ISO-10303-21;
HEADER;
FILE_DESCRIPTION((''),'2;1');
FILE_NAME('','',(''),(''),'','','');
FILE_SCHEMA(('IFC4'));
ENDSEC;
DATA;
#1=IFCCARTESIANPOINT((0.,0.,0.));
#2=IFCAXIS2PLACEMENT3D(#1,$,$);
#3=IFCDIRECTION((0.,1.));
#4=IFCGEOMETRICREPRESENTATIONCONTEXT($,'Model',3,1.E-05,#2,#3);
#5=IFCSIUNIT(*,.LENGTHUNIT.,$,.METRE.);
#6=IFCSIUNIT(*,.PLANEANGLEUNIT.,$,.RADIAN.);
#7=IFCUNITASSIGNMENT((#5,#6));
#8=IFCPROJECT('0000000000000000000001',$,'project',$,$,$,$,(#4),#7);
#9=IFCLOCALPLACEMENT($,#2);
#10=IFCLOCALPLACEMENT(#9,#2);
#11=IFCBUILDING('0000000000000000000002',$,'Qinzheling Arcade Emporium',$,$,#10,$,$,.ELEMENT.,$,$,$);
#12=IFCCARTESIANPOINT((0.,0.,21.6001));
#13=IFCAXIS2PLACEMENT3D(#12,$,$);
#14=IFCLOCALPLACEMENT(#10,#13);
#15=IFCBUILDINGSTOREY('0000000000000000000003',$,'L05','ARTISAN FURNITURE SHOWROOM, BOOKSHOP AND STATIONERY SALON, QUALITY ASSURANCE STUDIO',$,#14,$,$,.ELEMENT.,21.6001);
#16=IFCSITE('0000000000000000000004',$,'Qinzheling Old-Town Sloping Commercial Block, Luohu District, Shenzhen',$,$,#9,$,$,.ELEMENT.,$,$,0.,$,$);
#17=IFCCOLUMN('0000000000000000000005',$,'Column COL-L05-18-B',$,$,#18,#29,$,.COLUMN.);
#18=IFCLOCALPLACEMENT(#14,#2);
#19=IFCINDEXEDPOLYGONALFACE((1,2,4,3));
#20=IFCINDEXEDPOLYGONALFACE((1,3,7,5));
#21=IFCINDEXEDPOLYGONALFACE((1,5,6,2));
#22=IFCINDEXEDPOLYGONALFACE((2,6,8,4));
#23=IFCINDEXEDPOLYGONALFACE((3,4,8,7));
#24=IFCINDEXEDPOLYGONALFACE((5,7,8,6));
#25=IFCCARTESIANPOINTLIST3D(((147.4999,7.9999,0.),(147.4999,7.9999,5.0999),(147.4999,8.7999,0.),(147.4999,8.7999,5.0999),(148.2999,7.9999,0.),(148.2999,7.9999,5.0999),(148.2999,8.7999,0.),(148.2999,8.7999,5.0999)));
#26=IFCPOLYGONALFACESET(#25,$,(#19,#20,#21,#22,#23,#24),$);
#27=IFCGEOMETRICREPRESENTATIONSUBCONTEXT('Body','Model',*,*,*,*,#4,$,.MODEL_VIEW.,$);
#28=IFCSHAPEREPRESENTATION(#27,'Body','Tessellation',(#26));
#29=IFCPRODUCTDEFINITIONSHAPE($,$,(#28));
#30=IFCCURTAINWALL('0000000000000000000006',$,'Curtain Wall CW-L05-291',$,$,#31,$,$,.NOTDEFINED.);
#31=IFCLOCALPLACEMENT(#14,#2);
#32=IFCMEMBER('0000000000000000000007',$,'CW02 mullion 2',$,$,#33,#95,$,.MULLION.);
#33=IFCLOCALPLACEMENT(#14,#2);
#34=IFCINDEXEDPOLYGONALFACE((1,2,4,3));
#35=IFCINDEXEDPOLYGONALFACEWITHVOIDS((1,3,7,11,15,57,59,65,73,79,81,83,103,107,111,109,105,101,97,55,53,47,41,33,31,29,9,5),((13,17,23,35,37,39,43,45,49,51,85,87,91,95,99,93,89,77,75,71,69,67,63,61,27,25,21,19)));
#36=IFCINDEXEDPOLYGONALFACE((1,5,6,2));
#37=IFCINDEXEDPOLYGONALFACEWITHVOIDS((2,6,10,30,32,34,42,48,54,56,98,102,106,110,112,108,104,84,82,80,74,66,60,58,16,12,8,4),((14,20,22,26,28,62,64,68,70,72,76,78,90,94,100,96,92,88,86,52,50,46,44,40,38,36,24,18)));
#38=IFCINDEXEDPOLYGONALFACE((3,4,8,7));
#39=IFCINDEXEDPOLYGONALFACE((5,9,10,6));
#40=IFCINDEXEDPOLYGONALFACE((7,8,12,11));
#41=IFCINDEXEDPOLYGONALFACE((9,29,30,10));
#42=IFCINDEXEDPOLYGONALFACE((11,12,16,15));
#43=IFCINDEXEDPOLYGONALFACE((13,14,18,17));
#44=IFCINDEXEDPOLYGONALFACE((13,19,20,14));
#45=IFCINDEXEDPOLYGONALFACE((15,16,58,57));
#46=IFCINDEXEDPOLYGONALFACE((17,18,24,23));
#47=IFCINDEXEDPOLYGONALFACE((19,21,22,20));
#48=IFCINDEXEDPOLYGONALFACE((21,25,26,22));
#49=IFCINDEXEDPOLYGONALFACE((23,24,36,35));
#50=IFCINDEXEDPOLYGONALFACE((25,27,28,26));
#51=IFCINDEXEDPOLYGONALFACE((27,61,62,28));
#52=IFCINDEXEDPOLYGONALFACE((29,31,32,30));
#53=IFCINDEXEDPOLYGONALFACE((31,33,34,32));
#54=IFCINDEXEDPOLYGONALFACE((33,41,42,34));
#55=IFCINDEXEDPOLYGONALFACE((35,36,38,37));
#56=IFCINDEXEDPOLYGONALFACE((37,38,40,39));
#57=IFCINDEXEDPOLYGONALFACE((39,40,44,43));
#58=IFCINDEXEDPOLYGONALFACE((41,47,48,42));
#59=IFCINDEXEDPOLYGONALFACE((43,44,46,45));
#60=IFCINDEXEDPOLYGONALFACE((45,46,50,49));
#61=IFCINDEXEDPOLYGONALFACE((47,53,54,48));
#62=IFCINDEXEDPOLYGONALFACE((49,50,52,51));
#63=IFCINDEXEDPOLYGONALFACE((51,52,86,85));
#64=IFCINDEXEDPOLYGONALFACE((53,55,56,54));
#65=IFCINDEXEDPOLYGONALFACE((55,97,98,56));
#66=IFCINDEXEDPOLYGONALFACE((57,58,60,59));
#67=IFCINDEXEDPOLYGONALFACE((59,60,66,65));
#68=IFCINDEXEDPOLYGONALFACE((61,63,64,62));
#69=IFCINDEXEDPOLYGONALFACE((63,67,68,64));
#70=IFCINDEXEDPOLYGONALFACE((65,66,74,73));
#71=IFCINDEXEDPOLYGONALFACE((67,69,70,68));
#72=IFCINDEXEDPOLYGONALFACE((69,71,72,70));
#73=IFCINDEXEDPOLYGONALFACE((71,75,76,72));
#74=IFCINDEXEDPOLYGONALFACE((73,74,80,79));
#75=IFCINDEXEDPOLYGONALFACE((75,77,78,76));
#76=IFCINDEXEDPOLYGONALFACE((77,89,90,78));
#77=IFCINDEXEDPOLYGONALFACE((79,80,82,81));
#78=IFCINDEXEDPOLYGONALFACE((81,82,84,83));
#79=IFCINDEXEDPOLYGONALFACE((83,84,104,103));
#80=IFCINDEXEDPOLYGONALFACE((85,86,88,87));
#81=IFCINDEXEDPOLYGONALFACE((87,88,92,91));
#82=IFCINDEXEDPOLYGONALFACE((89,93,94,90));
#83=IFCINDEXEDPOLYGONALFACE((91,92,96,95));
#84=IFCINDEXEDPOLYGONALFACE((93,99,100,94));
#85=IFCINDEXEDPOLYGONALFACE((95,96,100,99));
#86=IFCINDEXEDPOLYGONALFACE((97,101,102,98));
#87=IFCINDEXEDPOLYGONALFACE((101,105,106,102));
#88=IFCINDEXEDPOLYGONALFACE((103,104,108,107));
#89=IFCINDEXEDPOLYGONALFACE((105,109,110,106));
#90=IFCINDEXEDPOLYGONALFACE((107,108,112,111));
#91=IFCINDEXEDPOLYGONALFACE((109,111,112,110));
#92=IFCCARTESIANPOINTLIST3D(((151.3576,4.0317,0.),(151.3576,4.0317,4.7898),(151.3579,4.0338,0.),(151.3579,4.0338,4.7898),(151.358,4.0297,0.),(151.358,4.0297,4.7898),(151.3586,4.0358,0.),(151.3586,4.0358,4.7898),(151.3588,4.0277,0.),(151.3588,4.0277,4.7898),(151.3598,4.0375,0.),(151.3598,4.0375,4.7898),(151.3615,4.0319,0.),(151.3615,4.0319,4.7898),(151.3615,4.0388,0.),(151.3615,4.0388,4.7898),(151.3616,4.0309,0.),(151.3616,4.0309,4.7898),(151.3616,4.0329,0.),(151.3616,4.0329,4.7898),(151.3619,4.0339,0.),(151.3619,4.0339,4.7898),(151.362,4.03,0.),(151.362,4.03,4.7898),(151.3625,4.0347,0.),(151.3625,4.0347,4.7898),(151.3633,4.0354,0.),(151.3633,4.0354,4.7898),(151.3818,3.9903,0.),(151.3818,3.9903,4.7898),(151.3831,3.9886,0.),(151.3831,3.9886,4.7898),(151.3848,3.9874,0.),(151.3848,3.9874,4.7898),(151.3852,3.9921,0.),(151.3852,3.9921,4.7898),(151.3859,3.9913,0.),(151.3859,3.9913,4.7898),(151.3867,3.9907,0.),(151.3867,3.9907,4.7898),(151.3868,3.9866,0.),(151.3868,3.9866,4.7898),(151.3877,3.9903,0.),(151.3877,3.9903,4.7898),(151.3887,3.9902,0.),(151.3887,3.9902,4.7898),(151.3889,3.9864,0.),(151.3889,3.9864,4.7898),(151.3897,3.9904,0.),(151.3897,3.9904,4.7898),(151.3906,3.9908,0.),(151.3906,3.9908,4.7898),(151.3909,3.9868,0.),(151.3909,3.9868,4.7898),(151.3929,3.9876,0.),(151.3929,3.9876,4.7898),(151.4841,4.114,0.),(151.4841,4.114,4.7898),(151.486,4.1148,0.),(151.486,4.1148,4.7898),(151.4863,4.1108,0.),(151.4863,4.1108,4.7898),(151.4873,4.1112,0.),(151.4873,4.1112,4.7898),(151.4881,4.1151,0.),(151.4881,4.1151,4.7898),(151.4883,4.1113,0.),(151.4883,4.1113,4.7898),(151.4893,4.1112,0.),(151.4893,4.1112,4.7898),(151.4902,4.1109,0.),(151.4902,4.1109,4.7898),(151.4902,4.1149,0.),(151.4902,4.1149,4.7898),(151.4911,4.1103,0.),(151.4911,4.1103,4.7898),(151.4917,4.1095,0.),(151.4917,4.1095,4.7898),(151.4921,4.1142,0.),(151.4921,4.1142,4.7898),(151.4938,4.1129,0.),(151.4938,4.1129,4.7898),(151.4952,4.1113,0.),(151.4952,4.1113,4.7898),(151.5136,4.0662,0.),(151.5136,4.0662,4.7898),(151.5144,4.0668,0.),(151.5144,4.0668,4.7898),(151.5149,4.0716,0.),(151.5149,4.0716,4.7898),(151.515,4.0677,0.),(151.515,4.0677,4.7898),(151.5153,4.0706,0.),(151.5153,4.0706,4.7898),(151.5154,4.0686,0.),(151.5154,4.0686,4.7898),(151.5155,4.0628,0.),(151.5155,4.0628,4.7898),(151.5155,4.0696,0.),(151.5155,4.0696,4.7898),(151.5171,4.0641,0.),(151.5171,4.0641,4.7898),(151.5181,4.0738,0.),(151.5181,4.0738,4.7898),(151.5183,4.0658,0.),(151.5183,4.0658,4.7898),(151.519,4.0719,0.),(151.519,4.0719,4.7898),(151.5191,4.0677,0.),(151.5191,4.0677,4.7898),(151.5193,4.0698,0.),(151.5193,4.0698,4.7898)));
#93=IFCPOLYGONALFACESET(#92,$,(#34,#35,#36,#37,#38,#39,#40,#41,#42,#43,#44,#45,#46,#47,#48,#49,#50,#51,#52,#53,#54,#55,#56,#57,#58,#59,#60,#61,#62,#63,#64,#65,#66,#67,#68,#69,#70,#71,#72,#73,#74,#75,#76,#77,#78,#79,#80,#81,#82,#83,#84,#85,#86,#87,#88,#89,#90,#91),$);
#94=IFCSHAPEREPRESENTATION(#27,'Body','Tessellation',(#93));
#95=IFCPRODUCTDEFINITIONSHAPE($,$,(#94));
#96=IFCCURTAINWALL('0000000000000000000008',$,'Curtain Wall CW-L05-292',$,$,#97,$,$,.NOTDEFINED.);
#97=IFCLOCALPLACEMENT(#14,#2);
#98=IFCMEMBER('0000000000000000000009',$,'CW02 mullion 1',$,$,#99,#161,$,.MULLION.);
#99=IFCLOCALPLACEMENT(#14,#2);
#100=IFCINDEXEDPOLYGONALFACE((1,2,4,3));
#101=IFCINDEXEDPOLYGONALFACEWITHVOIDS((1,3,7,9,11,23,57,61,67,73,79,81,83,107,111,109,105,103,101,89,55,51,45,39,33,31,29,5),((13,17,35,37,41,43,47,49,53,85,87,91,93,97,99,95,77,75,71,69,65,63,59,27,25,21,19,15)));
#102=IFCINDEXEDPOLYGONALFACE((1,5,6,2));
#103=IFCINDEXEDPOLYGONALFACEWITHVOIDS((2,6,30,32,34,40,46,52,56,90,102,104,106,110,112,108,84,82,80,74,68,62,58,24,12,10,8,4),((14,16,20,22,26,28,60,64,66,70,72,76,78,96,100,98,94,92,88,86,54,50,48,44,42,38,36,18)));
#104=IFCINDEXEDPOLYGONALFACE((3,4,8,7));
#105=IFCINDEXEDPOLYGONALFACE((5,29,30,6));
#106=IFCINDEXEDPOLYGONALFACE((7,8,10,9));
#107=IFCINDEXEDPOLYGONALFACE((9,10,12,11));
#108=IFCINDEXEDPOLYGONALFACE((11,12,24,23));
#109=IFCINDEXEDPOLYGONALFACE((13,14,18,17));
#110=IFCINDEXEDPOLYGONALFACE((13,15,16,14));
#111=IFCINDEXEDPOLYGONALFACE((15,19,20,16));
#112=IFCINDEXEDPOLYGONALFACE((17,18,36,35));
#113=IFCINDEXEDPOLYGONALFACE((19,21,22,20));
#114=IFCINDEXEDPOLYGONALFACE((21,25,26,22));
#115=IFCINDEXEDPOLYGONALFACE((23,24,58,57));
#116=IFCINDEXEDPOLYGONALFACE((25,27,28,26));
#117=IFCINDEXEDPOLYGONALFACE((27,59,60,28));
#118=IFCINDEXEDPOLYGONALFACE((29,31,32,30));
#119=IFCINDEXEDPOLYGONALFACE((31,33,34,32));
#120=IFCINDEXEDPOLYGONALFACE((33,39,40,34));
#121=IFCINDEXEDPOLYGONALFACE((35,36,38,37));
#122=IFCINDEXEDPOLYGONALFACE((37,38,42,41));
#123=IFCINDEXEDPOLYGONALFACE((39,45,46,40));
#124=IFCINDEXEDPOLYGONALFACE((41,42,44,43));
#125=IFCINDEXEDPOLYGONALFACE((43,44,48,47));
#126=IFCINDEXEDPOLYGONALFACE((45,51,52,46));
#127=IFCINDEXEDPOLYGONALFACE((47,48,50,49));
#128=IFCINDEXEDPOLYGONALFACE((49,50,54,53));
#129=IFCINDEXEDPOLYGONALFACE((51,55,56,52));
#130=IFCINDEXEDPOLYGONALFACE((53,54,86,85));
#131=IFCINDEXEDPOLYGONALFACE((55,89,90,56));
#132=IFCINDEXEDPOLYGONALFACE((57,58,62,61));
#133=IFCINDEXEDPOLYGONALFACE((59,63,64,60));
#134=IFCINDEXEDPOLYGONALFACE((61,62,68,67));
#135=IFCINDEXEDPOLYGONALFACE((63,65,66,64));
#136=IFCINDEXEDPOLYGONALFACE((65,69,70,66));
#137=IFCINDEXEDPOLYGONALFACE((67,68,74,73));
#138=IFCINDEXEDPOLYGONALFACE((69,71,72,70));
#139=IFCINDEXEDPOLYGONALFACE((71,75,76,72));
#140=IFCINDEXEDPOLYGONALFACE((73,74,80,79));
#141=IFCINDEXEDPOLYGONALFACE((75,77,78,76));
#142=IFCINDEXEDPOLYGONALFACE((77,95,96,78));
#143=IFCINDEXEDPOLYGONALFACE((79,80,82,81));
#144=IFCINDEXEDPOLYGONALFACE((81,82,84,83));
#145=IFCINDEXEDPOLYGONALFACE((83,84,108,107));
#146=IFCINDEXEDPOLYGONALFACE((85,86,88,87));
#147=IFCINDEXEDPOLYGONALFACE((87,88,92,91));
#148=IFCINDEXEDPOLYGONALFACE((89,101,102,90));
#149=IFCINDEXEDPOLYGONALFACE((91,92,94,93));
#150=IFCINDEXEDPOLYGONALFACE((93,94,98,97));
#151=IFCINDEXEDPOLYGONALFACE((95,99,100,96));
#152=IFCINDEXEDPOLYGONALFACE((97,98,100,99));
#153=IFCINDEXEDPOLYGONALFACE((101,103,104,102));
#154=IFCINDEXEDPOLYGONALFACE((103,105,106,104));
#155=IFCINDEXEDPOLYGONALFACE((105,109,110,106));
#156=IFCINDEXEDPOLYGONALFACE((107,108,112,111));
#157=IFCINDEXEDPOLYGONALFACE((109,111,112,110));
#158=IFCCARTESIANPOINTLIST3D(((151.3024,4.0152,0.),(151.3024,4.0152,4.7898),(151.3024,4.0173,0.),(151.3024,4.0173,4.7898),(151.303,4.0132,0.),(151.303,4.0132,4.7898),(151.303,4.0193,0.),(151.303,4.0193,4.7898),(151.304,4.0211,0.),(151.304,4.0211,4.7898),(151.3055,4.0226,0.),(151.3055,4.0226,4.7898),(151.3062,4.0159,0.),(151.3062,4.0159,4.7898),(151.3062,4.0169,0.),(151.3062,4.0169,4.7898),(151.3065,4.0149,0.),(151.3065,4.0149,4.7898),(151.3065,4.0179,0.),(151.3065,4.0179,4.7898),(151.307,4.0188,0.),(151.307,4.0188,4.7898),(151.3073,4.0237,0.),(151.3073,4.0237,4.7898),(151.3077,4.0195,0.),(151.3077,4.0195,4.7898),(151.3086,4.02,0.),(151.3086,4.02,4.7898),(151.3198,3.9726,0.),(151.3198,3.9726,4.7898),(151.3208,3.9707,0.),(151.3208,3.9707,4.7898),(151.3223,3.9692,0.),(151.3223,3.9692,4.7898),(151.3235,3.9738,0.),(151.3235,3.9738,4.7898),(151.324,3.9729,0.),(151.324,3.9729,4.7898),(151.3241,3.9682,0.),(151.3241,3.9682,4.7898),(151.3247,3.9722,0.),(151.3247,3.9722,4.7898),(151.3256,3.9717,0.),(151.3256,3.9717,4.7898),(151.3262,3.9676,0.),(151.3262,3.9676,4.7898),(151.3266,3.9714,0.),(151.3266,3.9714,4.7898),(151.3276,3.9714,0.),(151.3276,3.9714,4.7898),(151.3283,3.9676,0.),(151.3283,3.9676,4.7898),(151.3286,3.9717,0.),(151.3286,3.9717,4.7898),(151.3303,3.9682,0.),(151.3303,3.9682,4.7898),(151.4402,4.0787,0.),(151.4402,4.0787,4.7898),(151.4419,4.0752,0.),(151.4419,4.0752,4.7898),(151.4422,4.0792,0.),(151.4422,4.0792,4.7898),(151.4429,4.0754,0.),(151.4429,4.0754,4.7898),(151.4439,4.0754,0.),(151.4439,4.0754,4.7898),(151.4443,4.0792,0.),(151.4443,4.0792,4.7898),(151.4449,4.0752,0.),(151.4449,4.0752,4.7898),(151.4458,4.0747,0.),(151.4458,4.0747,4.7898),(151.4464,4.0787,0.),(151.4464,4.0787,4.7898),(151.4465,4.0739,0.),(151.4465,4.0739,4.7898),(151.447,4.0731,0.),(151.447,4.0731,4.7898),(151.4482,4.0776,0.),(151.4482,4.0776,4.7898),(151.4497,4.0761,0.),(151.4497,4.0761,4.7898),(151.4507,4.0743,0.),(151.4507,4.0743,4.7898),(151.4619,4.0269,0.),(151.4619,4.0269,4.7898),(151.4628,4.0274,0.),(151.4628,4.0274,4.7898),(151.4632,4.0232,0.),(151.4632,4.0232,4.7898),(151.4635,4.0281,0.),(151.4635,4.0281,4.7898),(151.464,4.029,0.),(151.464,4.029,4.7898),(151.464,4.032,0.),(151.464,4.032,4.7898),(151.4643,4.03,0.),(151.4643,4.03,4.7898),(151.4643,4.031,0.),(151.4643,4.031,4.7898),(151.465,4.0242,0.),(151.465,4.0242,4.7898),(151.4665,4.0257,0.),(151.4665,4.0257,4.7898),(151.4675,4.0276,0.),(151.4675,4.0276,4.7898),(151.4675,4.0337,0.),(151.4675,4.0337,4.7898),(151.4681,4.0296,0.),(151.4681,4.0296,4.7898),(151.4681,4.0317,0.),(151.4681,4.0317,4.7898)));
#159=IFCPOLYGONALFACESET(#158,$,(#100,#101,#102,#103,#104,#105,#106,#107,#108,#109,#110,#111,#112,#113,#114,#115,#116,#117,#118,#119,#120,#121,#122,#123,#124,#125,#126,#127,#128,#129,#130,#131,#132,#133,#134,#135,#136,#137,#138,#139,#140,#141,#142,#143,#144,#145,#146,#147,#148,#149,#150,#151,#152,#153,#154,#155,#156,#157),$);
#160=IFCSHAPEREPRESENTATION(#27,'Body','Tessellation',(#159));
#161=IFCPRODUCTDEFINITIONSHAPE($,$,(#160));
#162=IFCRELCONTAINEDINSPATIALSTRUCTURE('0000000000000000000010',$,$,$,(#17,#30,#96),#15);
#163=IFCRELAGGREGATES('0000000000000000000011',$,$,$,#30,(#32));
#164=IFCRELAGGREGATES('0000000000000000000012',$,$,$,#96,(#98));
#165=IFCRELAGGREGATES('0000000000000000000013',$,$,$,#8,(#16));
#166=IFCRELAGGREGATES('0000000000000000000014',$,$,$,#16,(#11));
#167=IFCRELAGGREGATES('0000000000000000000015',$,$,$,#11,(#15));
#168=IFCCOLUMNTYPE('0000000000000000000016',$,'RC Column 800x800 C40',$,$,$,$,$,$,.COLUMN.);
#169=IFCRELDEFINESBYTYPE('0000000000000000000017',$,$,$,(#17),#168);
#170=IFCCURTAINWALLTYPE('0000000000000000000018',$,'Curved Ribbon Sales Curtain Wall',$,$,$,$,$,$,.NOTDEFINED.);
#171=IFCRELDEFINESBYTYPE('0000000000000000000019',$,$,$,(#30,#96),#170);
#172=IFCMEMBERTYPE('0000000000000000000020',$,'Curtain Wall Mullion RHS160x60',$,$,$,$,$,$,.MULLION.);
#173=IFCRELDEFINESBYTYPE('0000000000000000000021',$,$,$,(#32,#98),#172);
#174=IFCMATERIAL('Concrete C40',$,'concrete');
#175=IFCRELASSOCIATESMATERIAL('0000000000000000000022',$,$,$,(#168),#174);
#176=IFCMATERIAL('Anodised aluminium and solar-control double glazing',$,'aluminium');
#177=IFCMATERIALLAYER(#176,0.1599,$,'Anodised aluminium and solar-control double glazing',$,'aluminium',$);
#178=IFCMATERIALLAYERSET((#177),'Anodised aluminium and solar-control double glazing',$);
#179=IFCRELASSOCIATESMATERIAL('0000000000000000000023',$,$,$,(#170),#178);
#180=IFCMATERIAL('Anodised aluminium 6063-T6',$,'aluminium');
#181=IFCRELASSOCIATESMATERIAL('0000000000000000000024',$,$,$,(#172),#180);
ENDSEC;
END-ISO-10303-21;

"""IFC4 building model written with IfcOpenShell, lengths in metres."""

from ifc_helpers import new_model, si_unit, direction, frame, origin, origin_2d, place, context, subcontext, project, spatial, rectangle, hollow_rectangle, extrude, material, layer, layer_set, material_profile, profile_set, type_object, element, aggregate, save


model = new_model("IFC4")

# Units and contexts
model_context = context("Model", 3, precision=1e-05, world=origin(), true_north=direction((0.0, 1.0)))
body_context = subcontext(model_context, "Body", "Model", "MODEL_VIEW")
ifc_project = project(units=[si_unit("LENGTHUNIT", "METRE"), si_unit("PLANEANGLEUNIT", "RADIAN")], contexts=[model_context])

# Site, building, storey
site_placement = place(None, origin())
site = spatial("IfcSite", under=ifc_project, at=site_placement, Name="Qinzheling Old-Town Sloping Commercial Block, Luohu District, Shenzhen", CompositionType="ELEMENT", RefElevation=0.0)
building_placement = place(site_placement, origin())
building = spatial("IfcBuilding", under=site, at=building_placement, Name="Qinzheling Arcade Emporium", CompositionType="ELEMENT")
storey_placement = place(building_placement, frame((0.0, 0.0, 21.6001)))
storey = spatial("IfcBuildingStorey", under=building, at=storey_placement, Name="L05", Description="ARTISAN FURNITURE SHOWROOM, BOOKSHOP AND STATIONERY SALON, QUALITY ASSURANCE STUDIO", CompositionType="ELEMENT", Elevation=21.6001)

# Column
ifc_material_1 = material(Name="Concrete C40", Category="concrete")
ifc_material_profile_1 = material_profile(ifc_material_1, rectangle(XDim=0.8, YDim=0.8, at=origin_2d()), Name="RC 800x800", Category="concrete")
ifc_profile_set_1 = profile_set([ifc_material_profile_1], Name="Concrete C40")
column_type = type_object("IfcColumnType", Name="RC Column 800x800 C40", PredefinedType="COLUMN", material=ifc_profile_set_1)
column_placement = place(storey_placement, frame((147.8999, 8.3999, 0.0), z_axis=(0.0, 0.0, 1.0), x_axis=(1.0, 0.0, 0.0)))
element("IfcColumn", 1, at=column_placement, inside=storey, type_object=column_type, Name="Column COL-L05-18-B", PredefinedType="COLUMN", context=body_context, shape_type="SweptSolid", body=[
    extrude(rectangle(XDim=0.8, YDim=0.8, at=origin_2d()), origin(), (0.0, 0.0, 1.0), 5.0999),
])

# Curtain wall, member
ifc_material_2 = material(Name="Anodised aluminium and solar-control double glazing", Category="aluminium")
ifc_layer_1 = layer(ifc_material_2, 0.1599, Name="Anodised aluminium and solar-control double glazing", Category="aluminium")
ifc_layer_set_1 = layer_set([ifc_layer_1], Name="Anodised aluminium and solar-control double glazing")
curtain_wall_type = type_object("IfcCurtainWallType", Name="Curved Ribbon Sales Curtain Wall", PredefinedType="NOTDEFINED", material=ifc_layer_set_1)
curtain_wall_1_placement = place(storey_placement, origin())
curtain_wall_1 = element("IfcCurtainWall", 2, at=curtain_wall_1_placement, inside=storey, type_object=curtain_wall_type, Name="Curtain Wall CW-L05-291", PredefinedType="NOTDEFINED")
ifc_material_3 = material(Name="Anodised aluminium 6063-T6", Category="aluminium")
ifc_material_profile_2 = material_profile(ifc_material_3, hollow_rectangle(XDim=0.0601, YDim=0.1599, WallThickness=0.0039, InnerFilletRadius=0.0039, OuterFilletRadius=0.0081, at=origin_2d()), Name="RHS 160x60x4", Category="aluminium")
ifc_profile_set_2 = profile_set([ifc_material_profile_2], Name="Anodised aluminium 6063-T6")
member_type_1 = type_object("IfcMemberType", Name="Curtain Wall Mullion RHS160x60", PredefinedType="MULLION", material=ifc_profile_set_2)
member_1_placement = place(storey_placement, frame((151.4385, 4.0508, 0.0), z_axis=(0.0, 0.0, 1.0), x_axis=(0.522562, -0.852601, 0.0)))
member_1 = element("IfcMember", 3, at=member_1_placement, type_object=member_type_1, Name="CW02 mullion 2", PredefinedType="MULLION", context=body_context, shape_type="SweptSolid", body=[
    extrude(hollow_rectangle(XDim=0.0601, YDim=0.1599, WallThickness=0.0039, InnerFilletRadius=0.0039, OuterFilletRadius=0.0081, at=origin_2d()), origin(), (0.0, 0.0, 1.0), 4.7898),
])

# Curtain wall, member
curtain_wall_2_placement = place(storey_placement, origin())
curtain_wall_2 = element("IfcCurtainWall", 4, at=curtain_wall_2_placement, inside=storey, type_object=curtain_wall_type, Name="Curtain Wall CW-L05-292", PredefinedType="NOTDEFINED")
member_2_placement = place(storey_placement, frame((151.3853, 4.0234, 0.0), z_axis=(0.0, 0.0, 1.0), x_axis=(0.38247, -0.923968, 0.0)))
member_2 = element("IfcMember", 5, at=member_2_placement, type_object=member_type_1, Name="CW02 mullion 1", PredefinedType="MULLION", context=body_context, shape_type="SweptSolid", body=[
    extrude(hollow_rectangle(XDim=0.0601, YDim=0.1599, WallThickness=0.0039, InnerFilletRadius=0.0039, OuterFilletRadius=0.0081, at=origin_2d()), origin(), (0.0, 0.0, 1.0), 4.7898),
])

aggregate(curtain_wall_1, [member_1])
aggregate(curtain_wall_2, [member_2])

save(model, "model.ifc")
